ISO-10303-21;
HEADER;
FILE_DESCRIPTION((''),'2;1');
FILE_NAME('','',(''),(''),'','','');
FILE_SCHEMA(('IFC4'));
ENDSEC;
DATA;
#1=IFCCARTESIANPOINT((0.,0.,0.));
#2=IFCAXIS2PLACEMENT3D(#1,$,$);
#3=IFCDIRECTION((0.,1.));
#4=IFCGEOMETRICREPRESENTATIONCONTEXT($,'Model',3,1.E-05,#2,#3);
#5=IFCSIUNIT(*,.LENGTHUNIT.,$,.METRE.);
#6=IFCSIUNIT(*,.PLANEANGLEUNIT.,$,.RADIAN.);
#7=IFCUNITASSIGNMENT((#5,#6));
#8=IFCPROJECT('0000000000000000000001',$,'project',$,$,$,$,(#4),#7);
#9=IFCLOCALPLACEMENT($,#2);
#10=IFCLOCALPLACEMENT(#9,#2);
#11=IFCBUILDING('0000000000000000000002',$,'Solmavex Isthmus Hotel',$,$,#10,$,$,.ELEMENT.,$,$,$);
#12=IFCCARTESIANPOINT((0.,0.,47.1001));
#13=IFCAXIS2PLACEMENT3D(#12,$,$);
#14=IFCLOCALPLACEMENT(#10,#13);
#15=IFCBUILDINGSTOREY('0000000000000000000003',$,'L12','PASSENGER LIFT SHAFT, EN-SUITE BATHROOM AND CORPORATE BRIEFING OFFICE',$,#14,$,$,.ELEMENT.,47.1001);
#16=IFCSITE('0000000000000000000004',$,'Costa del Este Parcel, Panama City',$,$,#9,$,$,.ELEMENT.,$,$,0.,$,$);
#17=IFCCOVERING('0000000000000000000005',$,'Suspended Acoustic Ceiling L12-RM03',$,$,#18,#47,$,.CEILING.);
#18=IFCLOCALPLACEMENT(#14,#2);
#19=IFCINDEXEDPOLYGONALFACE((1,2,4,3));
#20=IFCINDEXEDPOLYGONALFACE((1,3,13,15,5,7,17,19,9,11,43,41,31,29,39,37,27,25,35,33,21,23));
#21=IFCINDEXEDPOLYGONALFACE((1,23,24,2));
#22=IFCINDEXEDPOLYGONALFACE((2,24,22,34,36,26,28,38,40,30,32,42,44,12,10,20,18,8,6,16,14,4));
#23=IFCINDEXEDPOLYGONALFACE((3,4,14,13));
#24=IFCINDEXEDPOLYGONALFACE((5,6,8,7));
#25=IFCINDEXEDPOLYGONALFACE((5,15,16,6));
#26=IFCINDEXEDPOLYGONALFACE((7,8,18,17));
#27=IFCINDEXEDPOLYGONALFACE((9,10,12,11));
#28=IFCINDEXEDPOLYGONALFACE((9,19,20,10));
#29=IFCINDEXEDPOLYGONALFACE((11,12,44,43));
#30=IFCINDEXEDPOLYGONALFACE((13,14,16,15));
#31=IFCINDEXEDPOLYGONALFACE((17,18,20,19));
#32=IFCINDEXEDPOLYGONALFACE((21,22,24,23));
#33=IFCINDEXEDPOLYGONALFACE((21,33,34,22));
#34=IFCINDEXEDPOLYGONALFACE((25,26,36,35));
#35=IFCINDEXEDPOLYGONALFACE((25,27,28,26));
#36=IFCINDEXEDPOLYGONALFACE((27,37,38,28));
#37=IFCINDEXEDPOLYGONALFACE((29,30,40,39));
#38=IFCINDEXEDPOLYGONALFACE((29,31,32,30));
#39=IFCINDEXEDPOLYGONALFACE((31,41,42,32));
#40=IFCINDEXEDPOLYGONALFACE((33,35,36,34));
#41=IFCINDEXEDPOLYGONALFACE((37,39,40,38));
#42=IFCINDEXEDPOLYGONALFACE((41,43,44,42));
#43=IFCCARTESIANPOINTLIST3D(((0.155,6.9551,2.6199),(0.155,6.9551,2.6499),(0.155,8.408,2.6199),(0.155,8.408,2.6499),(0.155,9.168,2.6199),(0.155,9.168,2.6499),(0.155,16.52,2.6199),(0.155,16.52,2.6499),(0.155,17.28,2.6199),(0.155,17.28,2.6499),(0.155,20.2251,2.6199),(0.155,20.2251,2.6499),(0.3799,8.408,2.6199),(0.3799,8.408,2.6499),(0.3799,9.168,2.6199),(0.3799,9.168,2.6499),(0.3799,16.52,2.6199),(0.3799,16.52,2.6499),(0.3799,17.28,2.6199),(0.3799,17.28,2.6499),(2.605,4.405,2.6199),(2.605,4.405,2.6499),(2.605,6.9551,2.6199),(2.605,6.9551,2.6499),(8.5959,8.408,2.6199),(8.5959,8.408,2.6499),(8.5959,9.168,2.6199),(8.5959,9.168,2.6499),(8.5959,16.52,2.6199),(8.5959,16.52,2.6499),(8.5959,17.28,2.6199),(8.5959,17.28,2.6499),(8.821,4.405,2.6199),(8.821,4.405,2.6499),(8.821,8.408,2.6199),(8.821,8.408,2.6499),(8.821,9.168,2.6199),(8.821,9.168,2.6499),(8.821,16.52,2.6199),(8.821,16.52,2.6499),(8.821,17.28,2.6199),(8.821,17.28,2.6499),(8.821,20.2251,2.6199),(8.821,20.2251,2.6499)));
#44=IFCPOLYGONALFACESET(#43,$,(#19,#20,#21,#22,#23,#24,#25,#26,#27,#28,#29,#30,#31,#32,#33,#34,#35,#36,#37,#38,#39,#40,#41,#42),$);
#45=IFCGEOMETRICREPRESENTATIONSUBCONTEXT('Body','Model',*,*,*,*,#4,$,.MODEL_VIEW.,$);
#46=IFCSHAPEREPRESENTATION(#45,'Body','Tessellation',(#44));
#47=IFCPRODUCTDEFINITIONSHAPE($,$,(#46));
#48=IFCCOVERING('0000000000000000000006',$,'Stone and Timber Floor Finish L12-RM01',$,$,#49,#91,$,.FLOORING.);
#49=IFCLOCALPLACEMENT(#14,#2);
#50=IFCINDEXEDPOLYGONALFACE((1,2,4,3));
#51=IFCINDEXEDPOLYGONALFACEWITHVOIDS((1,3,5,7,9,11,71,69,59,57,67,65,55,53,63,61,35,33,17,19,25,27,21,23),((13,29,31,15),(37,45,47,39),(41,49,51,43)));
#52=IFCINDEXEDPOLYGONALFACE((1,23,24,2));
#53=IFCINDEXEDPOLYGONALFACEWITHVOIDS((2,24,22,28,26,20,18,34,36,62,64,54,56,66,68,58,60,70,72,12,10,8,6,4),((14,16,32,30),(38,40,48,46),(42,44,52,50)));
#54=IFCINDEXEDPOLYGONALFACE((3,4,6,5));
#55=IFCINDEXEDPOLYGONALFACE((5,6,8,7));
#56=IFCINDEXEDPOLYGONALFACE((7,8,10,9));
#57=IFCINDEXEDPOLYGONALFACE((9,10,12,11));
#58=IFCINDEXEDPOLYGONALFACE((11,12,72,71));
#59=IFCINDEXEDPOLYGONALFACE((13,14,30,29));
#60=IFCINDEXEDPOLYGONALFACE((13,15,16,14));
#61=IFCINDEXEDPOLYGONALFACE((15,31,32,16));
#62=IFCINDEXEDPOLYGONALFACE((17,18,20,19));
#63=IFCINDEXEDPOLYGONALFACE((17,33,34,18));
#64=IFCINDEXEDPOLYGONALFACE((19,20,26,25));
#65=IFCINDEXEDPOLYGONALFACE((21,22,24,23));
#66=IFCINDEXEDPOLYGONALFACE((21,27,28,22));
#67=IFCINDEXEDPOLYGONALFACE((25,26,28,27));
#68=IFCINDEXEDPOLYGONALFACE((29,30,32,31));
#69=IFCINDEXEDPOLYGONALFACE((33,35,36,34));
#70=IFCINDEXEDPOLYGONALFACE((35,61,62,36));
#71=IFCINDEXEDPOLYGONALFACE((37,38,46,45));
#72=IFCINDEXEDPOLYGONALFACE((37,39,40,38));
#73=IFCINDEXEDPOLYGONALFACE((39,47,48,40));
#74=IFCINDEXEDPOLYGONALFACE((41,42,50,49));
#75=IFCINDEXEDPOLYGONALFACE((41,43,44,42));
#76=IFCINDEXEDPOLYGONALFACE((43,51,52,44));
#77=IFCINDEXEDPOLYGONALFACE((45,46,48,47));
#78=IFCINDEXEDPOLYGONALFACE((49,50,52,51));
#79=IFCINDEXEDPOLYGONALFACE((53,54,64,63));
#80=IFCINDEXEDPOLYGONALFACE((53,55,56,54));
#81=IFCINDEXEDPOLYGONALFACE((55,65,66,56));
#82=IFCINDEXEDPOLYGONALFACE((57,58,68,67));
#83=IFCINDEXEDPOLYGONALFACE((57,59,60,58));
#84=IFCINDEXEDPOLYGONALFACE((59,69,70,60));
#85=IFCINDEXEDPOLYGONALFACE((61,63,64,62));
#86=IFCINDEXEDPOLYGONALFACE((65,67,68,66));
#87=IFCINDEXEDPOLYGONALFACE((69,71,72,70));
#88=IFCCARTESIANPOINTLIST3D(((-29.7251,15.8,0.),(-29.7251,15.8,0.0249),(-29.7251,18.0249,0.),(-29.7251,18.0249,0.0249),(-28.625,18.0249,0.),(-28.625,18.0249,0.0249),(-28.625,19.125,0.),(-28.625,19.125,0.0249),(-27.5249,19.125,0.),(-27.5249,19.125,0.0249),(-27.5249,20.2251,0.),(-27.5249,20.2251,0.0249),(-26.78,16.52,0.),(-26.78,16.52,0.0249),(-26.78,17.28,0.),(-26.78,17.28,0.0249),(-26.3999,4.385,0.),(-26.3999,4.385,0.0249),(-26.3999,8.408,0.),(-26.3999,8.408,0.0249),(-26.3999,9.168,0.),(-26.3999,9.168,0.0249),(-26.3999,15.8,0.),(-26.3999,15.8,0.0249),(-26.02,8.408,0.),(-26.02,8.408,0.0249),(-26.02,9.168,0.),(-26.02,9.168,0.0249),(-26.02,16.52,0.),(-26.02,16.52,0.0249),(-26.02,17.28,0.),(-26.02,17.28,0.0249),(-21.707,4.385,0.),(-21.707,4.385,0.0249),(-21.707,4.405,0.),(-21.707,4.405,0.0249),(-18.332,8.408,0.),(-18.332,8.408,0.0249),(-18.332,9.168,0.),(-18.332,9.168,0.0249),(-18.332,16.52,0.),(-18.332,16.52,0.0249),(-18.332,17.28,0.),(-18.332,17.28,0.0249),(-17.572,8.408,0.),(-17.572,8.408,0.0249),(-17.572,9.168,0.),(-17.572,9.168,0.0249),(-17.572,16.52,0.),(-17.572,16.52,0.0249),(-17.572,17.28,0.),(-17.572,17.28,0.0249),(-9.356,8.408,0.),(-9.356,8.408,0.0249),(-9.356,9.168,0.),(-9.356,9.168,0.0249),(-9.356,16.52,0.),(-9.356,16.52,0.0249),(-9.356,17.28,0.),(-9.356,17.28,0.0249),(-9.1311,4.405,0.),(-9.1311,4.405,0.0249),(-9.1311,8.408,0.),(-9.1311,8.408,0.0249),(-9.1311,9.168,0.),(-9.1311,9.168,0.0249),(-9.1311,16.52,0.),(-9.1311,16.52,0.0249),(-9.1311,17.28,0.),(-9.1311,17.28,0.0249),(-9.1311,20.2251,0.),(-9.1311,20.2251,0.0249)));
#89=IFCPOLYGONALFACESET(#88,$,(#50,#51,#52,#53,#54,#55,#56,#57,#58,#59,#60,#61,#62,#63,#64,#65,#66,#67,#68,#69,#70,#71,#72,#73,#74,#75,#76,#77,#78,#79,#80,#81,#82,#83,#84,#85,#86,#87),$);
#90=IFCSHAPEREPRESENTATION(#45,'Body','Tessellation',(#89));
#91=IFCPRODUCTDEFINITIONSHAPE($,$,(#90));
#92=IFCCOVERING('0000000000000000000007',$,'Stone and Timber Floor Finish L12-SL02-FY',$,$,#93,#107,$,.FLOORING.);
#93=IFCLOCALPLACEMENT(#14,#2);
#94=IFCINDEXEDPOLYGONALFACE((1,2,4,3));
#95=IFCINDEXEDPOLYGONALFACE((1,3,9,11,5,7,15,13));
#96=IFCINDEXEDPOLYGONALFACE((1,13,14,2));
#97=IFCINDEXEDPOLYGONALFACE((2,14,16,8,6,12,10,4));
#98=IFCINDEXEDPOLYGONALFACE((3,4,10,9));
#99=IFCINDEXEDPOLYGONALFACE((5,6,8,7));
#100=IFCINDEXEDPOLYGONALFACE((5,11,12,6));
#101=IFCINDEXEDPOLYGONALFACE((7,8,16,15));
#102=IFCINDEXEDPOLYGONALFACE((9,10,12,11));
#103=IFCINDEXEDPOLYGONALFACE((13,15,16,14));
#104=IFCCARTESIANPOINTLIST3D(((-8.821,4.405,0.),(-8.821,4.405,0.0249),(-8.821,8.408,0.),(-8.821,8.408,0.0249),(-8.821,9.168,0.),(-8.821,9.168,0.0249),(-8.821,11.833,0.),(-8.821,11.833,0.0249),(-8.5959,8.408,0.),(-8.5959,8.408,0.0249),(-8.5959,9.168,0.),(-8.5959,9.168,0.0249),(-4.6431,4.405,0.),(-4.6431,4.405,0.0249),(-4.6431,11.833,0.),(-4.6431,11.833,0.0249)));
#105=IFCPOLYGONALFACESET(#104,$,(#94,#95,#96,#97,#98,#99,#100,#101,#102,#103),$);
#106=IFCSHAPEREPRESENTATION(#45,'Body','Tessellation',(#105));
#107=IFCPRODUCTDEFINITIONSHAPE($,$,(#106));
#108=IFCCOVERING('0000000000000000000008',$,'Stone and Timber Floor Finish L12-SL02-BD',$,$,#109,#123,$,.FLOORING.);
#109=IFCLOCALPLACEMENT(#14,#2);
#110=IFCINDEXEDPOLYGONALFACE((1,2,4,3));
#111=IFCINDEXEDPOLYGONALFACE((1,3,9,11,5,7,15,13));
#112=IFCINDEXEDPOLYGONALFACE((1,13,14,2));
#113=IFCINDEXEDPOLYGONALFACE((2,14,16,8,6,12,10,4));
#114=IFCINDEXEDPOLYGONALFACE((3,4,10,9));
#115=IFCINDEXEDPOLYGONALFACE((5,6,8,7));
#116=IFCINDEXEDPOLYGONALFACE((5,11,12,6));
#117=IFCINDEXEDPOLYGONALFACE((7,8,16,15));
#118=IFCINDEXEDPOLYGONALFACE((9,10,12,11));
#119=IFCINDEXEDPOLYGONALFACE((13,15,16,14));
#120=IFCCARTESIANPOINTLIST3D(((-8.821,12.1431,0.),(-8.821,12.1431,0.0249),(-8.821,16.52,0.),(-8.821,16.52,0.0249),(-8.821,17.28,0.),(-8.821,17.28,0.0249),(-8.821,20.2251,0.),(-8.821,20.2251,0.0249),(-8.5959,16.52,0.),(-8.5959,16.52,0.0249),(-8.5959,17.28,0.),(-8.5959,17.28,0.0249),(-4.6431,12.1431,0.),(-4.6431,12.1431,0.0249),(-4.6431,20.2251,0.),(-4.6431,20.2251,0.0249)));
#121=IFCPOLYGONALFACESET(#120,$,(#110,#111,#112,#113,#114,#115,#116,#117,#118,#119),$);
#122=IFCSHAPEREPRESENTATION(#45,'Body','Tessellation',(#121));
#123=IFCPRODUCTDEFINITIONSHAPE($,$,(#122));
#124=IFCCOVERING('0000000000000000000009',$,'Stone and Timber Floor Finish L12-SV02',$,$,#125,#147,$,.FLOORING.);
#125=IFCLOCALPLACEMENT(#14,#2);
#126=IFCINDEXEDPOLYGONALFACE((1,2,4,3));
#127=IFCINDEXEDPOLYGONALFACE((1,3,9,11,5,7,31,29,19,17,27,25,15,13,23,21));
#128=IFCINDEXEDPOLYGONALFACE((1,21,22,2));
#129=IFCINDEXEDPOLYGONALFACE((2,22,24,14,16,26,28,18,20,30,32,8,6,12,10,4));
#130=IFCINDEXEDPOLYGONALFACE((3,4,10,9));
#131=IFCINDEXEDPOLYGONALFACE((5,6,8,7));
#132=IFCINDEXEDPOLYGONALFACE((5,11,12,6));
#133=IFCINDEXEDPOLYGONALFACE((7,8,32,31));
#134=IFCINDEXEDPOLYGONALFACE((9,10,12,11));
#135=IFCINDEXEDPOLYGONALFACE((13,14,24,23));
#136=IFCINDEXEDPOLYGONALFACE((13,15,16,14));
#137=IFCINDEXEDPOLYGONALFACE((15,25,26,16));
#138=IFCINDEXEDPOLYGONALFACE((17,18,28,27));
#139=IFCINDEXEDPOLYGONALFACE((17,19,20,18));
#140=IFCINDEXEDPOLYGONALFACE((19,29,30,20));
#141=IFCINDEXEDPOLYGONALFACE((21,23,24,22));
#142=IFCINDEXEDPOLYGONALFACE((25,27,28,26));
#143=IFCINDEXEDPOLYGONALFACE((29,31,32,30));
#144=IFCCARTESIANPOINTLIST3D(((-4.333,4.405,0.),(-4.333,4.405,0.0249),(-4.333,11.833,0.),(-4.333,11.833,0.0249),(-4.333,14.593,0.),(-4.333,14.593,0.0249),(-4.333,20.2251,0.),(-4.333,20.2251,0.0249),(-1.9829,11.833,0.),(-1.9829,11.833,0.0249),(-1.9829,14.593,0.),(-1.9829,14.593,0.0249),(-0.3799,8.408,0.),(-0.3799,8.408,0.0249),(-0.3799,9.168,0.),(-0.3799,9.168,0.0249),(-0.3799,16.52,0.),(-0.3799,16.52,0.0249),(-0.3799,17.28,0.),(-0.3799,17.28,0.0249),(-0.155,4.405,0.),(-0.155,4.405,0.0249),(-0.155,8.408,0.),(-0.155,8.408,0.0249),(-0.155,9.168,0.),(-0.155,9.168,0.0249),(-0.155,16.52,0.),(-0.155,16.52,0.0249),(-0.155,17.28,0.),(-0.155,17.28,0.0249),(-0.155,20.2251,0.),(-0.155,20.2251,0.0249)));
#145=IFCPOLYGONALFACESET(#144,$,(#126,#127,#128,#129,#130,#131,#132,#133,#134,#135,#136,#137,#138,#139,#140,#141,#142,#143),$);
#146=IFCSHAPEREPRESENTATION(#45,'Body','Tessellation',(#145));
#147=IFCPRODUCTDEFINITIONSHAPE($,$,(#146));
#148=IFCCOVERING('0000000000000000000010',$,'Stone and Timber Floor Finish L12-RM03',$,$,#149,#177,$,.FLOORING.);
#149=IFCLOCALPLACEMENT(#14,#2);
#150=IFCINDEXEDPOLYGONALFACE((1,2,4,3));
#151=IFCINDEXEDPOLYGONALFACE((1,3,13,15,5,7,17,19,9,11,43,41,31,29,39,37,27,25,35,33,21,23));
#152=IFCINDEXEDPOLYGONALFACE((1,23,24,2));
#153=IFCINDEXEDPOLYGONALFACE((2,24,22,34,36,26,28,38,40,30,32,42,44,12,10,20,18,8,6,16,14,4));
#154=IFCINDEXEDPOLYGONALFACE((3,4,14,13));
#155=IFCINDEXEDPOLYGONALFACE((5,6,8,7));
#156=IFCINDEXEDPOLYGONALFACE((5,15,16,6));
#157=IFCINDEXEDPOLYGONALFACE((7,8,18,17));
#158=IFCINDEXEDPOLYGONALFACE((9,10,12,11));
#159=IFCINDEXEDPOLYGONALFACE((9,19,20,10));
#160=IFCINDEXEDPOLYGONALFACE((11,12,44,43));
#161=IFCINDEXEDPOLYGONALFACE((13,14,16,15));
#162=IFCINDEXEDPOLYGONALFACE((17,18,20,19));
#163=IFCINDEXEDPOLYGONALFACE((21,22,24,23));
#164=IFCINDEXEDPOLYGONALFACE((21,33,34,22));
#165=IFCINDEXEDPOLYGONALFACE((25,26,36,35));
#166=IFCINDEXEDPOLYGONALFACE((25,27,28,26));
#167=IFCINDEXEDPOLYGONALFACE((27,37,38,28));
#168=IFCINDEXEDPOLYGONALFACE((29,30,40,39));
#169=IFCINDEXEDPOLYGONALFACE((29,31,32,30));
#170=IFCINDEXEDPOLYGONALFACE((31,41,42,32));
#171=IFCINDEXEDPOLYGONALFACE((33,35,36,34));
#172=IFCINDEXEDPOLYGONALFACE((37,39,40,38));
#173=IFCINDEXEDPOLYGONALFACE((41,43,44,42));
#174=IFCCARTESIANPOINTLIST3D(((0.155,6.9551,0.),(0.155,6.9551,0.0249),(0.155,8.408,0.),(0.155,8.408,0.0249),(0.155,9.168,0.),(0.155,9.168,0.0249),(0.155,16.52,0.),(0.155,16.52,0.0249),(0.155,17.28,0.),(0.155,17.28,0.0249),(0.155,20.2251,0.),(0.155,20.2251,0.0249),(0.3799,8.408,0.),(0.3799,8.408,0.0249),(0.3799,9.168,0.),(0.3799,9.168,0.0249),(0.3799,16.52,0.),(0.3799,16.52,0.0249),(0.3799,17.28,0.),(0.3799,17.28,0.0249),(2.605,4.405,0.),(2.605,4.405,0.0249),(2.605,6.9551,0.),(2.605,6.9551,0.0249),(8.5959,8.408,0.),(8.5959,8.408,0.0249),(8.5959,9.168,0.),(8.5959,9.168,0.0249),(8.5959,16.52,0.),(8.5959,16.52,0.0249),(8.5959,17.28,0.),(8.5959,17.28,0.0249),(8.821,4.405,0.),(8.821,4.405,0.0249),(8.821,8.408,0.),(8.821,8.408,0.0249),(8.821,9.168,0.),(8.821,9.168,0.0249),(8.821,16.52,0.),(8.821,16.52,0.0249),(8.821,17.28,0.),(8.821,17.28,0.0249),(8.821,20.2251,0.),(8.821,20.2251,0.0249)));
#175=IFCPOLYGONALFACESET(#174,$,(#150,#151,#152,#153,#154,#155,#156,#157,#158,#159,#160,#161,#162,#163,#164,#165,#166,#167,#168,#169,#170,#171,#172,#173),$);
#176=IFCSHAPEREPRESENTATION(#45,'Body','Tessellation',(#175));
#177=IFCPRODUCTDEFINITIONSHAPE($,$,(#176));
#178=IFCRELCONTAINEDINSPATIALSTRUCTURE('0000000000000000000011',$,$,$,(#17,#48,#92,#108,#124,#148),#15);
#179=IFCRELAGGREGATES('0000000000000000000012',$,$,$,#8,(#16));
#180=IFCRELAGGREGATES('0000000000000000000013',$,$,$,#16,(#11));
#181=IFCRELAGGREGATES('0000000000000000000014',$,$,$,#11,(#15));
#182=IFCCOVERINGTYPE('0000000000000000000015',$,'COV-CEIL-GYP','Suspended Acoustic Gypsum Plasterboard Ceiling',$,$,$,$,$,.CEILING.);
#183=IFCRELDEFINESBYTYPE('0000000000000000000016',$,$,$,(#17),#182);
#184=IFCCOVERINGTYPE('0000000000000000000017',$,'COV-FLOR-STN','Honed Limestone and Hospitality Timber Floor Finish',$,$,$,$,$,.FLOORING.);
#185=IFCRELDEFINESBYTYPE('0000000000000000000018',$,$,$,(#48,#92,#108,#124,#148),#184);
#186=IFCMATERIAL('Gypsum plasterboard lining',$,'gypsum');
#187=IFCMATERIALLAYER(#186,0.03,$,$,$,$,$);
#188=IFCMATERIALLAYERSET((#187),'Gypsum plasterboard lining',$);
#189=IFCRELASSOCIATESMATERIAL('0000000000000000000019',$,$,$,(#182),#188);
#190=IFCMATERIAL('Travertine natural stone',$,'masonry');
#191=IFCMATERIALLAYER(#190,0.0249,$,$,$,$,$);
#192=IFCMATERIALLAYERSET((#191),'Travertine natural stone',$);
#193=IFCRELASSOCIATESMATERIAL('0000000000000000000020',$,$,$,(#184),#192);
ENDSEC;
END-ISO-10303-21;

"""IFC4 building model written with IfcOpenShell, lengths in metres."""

from ifc_helpers import new_model, si_unit, direction, frame, origin, place, context, subcontext, project, spatial, polyline, outline, extrude, material, layer, layer_set, type_object, element, save


model = new_model("IFC4")

# Units and contexts
model_context = context("Model", 3, precision=1e-05, world=origin(), true_north=direction((0.0, 1.0)))
body_context = subcontext(model_context, "Body", "Model", "MODEL_VIEW")
ifc_project = project(units=[si_unit("LENGTHUNIT", "METRE"), si_unit("PLANEANGLEUNIT", "RADIAN")], contexts=[model_context])

# Site, building, storey
site_placement = place(None, origin())
site = spatial("IfcSite", under=ifc_project, at=site_placement, Name="Costa del Este Parcel, Panama City", CompositionType="ELEMENT", RefElevation=0.0)
building_placement = place(site_placement, origin())
building = spatial("IfcBuilding", under=site, at=building_placement, Name="Solmavex Isthmus Hotel", CompositionType="ELEMENT")
storey_placement = place(building_placement, frame((0.0, 0.0, 47.1001)))
storey = spatial("IfcBuildingStorey", under=building, at=storey_placement, Name="L12", Description="PASSENGER LIFT SHAFT, EN-SUITE BATHROOM AND CORPORATE BRIEFING OFFICE", CompositionType="ELEMENT", Elevation=47.1001)

# Shared definitions
ifc_material_1 = material(Name="Gypsum plasterboard lining", Category="gypsum")

# Coverings
ifc_layer_1 = layer(ifc_material_1, 0.03)
ifc_layer_set_1 = layer_set([ifc_layer_1], Name="Gypsum plasterboard lining")
covering_type_1 = type_object("IfcCoveringType", Name="COV-CEIL-GYP", Description="Suspended Acoustic Gypsum Plasterboard Ceiling", PredefinedType="CEILING", material=ifc_layer_set_1)
covering_1_placement = place(storey_placement, frame((0.0, 0.0, 2.6199)))
element("IfcCovering", 1, at=covering_1_placement, inside=storey, type_object=covering_type_1, Name="Suspended Acoustic Ceiling L12-RM03", PredefinedType="CEILING", context=body_context, shape_type="SweptSolid", body=[
    extrude(outline(polyline([(0.155, 9.168), (0.3799, 9.168), (0.3799, 8.408), (0.155, 8.408), (0.155, 6.9551), (2.605, 6.9551), (2.605, 4.405), (8.821, 4.405), (8.821, 8.408), (8.5959, 8.408), (8.5959, 9.168), (8.821, 9.168), (8.821, 16.52), (8.5959, 16.52), (8.5959, 17.28), (8.821, 17.28), (8.821, 20.2251), (0.155, 20.2251), (0.155, 17.28), (0.3799, 17.28), (0.3799, 16.52), (0.155, 16.52), (0.155, 9.168)])), origin(), (0.0, 0.0, 1.0), 0.03),
])
ifc_material_2 = material(Name="Travertine natural stone", Category="masonry")
ifc_layer_2 = layer(ifc_material_2, 0.0249)
ifc_layer_set_2 = layer_set([ifc_layer_2], Name="Travertine natural stone")
covering_type_2 = type_object("IfcCoveringType", Name="COV-FLOR-STN", Description="Honed Limestone and Hospitality Timber Floor Finish", PredefinedType="FLOORING", material=ifc_layer_set_2)
covering_2_placement = place(storey_placement, origin())
element("IfcCovering", 2, at=covering_2_placement, inside=storey, type_object=covering_type_2, Name="Stone and Timber Floor Finish L12-RM01", PredefinedType="FLOORING", context=body_context, shape_type="SweptSolid", body=[
    extrude(outline(polyline([(-21.707, 4.385), (-21.707, 4.405), (-9.1311, 4.405), (-9.1311, 8.408), (-9.356, 8.408), (-9.356, 9.168), (-9.1311, 9.168), (-9.1311, 16.52), (-9.356, 16.52), (-9.356, 17.28), (-9.1311, 17.28), (-9.1311, 20.2251), (-27.5249, 20.2251), (-27.5249, 19.125), (-28.625, 19.125), (-28.625, 18.0249), (-29.7251, 18.0249), (-29.7251, 15.8), (-26.3999, 15.8), (-26.3999, 9.168), (-26.02, 9.168), (-26.02, 8.408), (-26.3999, 8.408), (-26.3999, 4.385), (-21.707, 4.385)]), holes=[polyline([(-18.332, 8.408), (-18.332, 9.168), (-17.572, 9.168), (-17.572, 8.408), (-18.332, 8.408)]), polyline([(-18.332, 17.28), (-17.572, 17.28), (-17.572, 16.52), (-18.332, 16.52), (-18.332, 17.28)]), polyline([(-26.78, 17.28), (-26.02, 17.28), (-26.02, 16.52), (-26.78, 16.52), (-26.78, 17.28)])]), origin(), (0.0, 0.0, 1.0), 0.0249),
])
covering_3_placement = place(storey_placement, origin())
element("IfcCovering", 3, at=covering_3_placement, inside=storey, type_object=covering_type_2, Name="Stone and Timber Floor Finish L12-SL02-FY", PredefinedType="FLOORING", context=body_context, shape_type="SweptSolid", body=[
    extrude(outline(polyline([(-8.821, 9.168), (-8.5959, 9.168), (-8.5959, 8.408), (-8.821, 8.408), (-8.821, 4.405), (-4.6431, 4.405), (-4.6431, 11.833), (-8.821, 11.833), (-8.821, 9.168)])), origin(), (0.0, 0.0, 1.0), 0.0249),
])
covering_4_placement = place(storey_placement, origin())
element("IfcCovering", 4, at=covering_4_placement, inside=storey, type_object=covering_type_2, Name="Stone and Timber Floor Finish L12-SL02-BD", PredefinedType="FLOORING", context=body_context, shape_type="SweptSolid", body=[
    extrude(outline(polyline([(-8.821, 17.28), (-8.5959, 17.28), (-8.5959, 16.52), (-8.821, 16.52), (-8.821, 12.1431), (-4.6431, 12.1431), (-4.6431, 20.2251), (-8.821, 20.2251), (-8.821, 17.28)])), origin(), (0.0, 0.0, 1.0), 0.0249),
])
covering_5_placement = place(storey_placement, origin())
element("IfcCovering", 5, at=covering_5_placement, inside=storey, type_object=covering_type_2, Name="Stone and Timber Floor Finish L12-SV02", PredefinedType="FLOORING", context=body_context, shape_type="SweptSolid", body=[
    extrude(outline(polyline([(-0.155, 16.52), (-0.3799, 16.52), (-0.3799, 17.28), (-0.155, 17.28), (-0.155, 20.2251), (-4.333, 20.2251), (-4.333, 14.593), (-1.9829, 14.593), (-1.9829, 11.833), (-4.333, 11.833), (-4.333, 4.405), (-0.155, 4.405), (-0.155, 8.408), (-0.3799, 8.408), (-0.3799, 9.168), (-0.155, 9.168), (-0.155, 16.52)])), origin(), (0.0, 0.0, 1.0), 0.0249),
])
covering_6_placement = place(storey_placement, origin())
element("IfcCovering", 6, at=covering_6_placement, inside=storey, type_object=covering_type_2, Name="Stone and Timber Floor Finish L12-RM03", PredefinedType="FLOORING", context=body_context, shape_type="SweptSolid", body=[
    extrude(outline(polyline([(0.155, 9.168), (0.3799, 9.168), (0.3799, 8.408), (0.155, 8.408), (0.155, 6.9551), (2.605, 6.9551), (2.605, 4.405), (8.821, 4.405), (8.821, 8.408), (8.5959, 8.408), (8.5959, 9.168), (8.821, 9.168), (8.821, 16.52), (8.5959, 16.52), (8.5959, 17.28), (8.821, 17.28), (8.821, 20.2251), (0.155, 20.2251), (0.155, 17.28), (0.3799, 17.28), (0.3799, 16.52), (0.155, 16.52), (0.155, 9.168)])), origin(), (0.0, 0.0, 1.0), 0.0249),
])

save(model, "model.ifc")
